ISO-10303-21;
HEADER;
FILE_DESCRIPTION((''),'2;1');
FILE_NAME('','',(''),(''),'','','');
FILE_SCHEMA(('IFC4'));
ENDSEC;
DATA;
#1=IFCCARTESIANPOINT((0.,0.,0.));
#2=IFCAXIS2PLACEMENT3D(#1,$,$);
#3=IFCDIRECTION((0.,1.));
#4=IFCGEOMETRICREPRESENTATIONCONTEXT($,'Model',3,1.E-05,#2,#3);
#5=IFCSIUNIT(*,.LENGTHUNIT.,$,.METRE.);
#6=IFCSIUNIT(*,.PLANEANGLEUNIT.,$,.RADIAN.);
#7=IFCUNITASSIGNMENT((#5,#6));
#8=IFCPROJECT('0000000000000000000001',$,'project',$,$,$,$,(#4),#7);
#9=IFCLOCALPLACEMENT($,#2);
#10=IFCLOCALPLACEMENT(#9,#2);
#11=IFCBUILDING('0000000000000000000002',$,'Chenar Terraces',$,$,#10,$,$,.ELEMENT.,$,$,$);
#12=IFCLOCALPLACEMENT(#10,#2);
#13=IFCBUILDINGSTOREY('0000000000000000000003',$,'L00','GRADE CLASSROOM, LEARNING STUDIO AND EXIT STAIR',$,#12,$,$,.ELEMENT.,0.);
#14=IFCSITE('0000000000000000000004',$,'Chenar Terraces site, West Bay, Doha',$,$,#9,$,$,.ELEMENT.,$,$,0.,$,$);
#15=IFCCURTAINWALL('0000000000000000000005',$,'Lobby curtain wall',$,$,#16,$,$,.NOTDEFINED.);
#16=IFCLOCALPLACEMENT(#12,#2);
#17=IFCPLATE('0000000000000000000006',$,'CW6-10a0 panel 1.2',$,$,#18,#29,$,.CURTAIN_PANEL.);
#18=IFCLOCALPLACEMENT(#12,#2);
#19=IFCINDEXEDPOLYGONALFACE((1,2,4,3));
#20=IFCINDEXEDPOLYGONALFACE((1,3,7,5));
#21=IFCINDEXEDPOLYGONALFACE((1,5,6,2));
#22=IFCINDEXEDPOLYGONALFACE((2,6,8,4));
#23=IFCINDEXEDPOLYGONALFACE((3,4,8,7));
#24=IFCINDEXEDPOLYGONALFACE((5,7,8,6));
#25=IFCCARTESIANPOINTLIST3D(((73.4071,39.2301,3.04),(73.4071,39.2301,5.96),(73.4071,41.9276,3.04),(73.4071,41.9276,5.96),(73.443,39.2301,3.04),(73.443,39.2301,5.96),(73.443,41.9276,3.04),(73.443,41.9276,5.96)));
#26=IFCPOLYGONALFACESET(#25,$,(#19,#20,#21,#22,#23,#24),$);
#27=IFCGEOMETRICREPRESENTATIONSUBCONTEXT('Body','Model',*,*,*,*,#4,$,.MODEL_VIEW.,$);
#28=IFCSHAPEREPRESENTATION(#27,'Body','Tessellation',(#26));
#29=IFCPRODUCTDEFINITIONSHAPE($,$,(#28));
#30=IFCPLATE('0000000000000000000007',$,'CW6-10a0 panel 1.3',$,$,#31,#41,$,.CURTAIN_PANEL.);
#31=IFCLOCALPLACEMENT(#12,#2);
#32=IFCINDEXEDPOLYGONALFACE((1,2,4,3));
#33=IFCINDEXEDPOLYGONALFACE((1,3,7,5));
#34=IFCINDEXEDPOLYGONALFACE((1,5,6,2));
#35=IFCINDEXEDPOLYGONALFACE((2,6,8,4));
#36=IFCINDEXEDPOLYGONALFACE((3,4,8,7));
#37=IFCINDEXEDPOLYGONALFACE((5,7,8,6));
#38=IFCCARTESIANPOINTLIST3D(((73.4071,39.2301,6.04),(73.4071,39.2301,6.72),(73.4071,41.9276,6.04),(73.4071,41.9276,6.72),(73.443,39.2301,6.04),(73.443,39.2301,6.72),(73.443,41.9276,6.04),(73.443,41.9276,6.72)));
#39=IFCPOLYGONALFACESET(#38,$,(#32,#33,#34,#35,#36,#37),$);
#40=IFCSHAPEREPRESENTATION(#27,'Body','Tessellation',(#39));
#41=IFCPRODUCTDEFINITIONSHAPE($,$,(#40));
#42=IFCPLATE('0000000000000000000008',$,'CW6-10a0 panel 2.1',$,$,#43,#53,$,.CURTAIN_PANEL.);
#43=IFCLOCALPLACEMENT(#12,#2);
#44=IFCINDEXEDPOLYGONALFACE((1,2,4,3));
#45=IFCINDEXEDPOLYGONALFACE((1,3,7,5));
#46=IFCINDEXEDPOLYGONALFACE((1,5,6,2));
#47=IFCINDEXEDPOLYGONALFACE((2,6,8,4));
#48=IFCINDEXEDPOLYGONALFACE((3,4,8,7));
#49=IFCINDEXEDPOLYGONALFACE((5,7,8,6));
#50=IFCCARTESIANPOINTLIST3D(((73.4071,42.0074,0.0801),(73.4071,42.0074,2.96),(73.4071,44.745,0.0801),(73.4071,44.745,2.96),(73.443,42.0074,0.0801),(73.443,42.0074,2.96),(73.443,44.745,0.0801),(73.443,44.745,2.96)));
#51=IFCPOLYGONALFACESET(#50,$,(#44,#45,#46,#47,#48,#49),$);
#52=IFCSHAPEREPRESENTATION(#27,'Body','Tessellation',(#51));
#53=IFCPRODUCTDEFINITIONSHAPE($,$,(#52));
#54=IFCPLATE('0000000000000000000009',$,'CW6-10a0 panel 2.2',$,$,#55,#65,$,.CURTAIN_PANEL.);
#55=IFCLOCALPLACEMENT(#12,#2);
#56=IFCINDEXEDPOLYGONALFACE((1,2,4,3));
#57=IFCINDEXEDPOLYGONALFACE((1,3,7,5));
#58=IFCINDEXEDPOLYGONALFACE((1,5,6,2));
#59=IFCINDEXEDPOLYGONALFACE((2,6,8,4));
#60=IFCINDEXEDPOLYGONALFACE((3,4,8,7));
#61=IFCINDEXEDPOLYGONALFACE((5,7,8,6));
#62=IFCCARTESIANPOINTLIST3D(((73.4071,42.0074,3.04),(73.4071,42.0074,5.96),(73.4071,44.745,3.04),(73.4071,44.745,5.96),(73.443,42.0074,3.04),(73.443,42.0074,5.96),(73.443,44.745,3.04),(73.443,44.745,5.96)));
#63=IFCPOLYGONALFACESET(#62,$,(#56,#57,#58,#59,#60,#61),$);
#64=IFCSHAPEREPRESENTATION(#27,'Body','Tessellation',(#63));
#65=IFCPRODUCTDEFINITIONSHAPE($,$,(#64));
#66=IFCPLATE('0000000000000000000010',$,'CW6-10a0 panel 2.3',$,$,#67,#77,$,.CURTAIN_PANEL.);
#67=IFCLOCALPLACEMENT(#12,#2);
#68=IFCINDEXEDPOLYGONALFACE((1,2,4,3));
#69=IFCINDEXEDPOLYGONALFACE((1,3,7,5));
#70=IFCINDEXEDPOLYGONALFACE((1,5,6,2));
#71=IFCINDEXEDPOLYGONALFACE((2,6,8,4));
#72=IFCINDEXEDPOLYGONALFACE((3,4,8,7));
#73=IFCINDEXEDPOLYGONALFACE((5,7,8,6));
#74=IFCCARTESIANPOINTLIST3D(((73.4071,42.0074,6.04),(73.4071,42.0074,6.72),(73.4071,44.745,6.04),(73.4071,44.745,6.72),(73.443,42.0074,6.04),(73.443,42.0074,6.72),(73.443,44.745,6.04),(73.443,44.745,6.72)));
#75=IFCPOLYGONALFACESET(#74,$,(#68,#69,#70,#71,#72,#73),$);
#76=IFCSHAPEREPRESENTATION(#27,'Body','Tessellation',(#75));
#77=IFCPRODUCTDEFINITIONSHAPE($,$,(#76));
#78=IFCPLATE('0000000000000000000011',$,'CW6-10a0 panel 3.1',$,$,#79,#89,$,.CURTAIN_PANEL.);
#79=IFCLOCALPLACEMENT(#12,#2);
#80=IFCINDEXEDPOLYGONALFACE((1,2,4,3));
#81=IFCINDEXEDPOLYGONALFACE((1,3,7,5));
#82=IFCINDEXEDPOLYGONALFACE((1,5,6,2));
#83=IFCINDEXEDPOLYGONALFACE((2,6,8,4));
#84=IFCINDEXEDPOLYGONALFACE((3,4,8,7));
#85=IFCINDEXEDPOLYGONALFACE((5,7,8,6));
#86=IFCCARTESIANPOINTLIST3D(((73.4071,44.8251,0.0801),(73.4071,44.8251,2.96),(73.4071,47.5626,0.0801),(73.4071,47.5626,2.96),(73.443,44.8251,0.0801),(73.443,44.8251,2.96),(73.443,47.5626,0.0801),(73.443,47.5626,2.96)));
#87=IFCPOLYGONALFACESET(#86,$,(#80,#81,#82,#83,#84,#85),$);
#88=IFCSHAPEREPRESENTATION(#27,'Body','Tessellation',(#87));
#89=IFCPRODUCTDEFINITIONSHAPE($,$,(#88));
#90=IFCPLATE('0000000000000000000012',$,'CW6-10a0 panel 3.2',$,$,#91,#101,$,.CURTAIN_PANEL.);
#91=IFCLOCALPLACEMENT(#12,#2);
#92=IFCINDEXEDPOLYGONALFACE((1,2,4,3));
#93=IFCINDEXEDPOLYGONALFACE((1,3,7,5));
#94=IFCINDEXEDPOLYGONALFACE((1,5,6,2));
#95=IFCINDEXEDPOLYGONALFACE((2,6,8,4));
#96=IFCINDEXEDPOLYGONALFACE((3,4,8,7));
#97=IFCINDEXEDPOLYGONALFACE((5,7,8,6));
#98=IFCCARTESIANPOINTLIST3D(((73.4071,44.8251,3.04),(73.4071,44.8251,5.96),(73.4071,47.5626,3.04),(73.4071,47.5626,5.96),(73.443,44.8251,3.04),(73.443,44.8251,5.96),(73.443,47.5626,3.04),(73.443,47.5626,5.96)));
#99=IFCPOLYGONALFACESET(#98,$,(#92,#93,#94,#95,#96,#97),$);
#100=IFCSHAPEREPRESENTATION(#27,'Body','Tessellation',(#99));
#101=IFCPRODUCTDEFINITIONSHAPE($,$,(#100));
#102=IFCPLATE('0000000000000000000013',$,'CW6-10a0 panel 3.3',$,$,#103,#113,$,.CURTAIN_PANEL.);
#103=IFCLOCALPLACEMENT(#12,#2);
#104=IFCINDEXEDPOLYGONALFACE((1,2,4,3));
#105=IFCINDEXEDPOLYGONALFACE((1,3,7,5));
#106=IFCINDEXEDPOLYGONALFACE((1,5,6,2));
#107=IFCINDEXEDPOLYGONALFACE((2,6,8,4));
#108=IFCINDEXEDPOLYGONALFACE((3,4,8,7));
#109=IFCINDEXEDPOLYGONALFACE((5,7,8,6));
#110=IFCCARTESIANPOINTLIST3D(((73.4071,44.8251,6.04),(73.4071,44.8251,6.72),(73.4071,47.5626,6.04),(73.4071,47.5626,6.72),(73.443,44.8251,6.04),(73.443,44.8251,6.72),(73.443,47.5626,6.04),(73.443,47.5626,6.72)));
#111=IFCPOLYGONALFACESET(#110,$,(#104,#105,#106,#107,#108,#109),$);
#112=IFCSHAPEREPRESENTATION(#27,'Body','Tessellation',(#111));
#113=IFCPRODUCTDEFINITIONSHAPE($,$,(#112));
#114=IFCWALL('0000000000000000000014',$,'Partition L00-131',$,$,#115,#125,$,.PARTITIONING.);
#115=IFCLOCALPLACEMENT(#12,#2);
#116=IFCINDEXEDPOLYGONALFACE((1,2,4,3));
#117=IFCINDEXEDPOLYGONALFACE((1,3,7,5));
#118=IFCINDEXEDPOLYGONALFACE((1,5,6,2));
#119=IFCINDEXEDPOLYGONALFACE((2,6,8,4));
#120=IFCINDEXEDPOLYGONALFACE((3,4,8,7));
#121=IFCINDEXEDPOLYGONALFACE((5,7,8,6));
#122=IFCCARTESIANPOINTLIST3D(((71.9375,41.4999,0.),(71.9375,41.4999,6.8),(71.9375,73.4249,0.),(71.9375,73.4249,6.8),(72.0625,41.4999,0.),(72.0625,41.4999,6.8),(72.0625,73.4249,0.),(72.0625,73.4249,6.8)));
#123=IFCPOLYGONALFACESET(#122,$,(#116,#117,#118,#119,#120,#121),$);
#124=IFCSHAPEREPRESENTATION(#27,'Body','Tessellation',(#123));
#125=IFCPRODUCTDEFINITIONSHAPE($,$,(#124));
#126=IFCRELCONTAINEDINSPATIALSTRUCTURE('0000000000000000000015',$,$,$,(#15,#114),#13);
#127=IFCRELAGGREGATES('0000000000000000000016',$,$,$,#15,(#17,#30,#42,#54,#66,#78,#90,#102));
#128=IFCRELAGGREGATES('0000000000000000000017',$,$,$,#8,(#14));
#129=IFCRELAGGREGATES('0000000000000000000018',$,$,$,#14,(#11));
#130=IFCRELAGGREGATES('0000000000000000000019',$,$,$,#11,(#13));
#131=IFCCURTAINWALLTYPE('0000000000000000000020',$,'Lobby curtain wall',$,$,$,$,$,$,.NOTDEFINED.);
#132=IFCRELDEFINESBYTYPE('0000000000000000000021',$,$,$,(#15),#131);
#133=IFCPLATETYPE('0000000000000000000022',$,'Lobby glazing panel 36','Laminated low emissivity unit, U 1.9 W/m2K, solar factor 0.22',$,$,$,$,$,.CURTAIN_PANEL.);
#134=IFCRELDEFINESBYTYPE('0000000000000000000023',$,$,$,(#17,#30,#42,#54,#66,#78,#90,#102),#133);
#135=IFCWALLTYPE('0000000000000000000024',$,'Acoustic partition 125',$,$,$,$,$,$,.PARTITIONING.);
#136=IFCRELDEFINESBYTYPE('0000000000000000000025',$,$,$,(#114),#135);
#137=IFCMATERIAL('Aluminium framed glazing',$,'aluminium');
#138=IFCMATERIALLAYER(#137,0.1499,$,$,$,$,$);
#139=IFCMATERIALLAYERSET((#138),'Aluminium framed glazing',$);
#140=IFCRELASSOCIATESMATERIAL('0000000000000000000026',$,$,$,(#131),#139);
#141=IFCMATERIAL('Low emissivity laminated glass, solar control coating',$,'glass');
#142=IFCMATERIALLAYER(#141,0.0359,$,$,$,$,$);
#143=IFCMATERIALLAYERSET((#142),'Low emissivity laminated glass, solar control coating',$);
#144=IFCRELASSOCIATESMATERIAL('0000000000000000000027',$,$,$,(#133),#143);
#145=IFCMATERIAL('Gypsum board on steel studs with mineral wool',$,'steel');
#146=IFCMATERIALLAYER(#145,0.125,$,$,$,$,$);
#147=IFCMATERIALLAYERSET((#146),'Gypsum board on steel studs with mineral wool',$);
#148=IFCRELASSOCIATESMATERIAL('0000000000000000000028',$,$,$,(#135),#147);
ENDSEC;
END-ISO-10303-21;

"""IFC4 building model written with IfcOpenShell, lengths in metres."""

from ifc_helpers import new_model, si_unit, direction, frame, frame_2d, origin, origin_2d, place, context, subcontext, project, spatial, rectangle, extrude, material, layer, layer_set, type_object, element, aggregate, save


model = new_model("IFC4")

# Units and contexts
model_context = context("Model", 3, precision=1e-05, world=origin(), true_north=direction((0.0, 1.0)))
body_context = subcontext(model_context, "Body", "Model", "MODEL_VIEW")
ifc_project = project(units=[si_unit("LENGTHUNIT", "METRE"), si_unit("PLANEANGLEUNIT", "RADIAN")], contexts=[model_context])

# Site, building, storey
site_placement = place(None, origin())
site = spatial("IfcSite", under=ifc_project, at=site_placement, Name="Chenar Terraces site, West Bay, Doha", CompositionType="ELEMENT", RefElevation=0.0)
building_placement = place(site_placement, origin())
building = spatial("IfcBuilding", under=site, at=building_placement, Name="Chenar Terraces", CompositionType="ELEMENT")
storey_placement = place(building_placement, origin())
storey = spatial("IfcBuildingStorey", under=building, at=storey_placement, Name="L00", Description="GRADE CLASSROOM, LEARNING STUDIO AND EXIT STAIR", CompositionType="ELEMENT", Elevation=0.0)

# Curtain wall
ifc_material_1 = material(Name="Aluminium framed glazing", Category="aluminium")
ifc_layer_1 = layer(ifc_material_1, 0.1499)
ifc_layer_set_1 = layer_set([ifc_layer_1], Name="Aluminium framed glazing")
curtain_wall_type = type_object("IfcCurtainWallType", Name="Lobby curtain wall", PredefinedType="NOTDEFINED", material=ifc_layer_set_1)
placement = place(storey_placement, origin())
curtain_wall_1 = element("IfcCurtainWall", 1, at=placement, inside=storey, type_object=curtain_wall_type, Name="Lobby curtain wall", PredefinedType="NOTDEFINED")

# Plates
ifc_material_2 = material(Name="Low emissivity laminated glass, solar control coating", Category="glass")
ifc_layer_2 = layer(ifc_material_2, 0.0359)
ifc_layer_set_2 = layer_set([ifc_layer_2], Name="Low emissivity laminated glass, solar control coating")
plate_type = type_object("IfcPlateType", Name="Lobby glazing panel 36", Description="Laminated low emissivity unit, U 1.9 W/m2K, solar factor 0.22", PredefinedType="CURTAIN_PANEL", material=ifc_layer_set_2)
plate_1_placement = place(storey_placement, frame((73.425, 40.5789, 3.04), z_axis=(0.0, 0.0, 1.0), x_axis=(0.0, 1.0, 0.0)))
plate_1 = element("IfcPlate", 2, at=plate_1_placement, type_object=plate_type, Name="CW6-10a0 panel 1.2", PredefinedType="CURTAIN_PANEL", context=body_context, shape_type="SweptSolid", body=[
    extrude(rectangle(XDim=2.6975, YDim=0.0359, at=origin_2d()), origin(), (0.0, 0.0, 1.0), 2.9199),
])
plate_2_placement = place(storey_placement, frame((73.425, 40.5789, 6.04), z_axis=(0.0, 0.0, 1.0), x_axis=(0.0, 1.0, 0.0)))
plate_2 = element("IfcPlate", 3, at=plate_2_placement, type_object=plate_type, Name="CW6-10a0 panel 1.3", PredefinedType="CURTAIN_PANEL", context=body_context, shape_type="SweptSolid", body=[
    extrude(rectangle(XDim=2.6975, YDim=0.0359, at=origin_2d()), origin(), (0.0, 0.0, 1.0), 0.6799),
])
plate_3_placement = place(storey_placement, frame((73.425, 43.3762, 0.0801), z_axis=(0.0, 0.0, 1.0), x_axis=(0.0, 1.0, 0.0)))
plate_3 = element("IfcPlate", 4, at=plate_3_placement, type_object=plate_type, Name="CW6-10a0 panel 2.1", PredefinedType="CURTAIN_PANEL", context=body_context, shape_type="SweptSolid", body=[
    extrude(rectangle(XDim=2.7375, YDim=0.0359, at=origin_2d()), origin(), (0.0, 0.0, 1.0), 2.8799),
])
plate_4_placement = place(storey_placement, frame((73.425, 43.3762, 3.04), z_axis=(0.0, 0.0, 1.0), x_axis=(0.0, 1.0, 0.0)))
plate_4 = element("IfcPlate", 5, at=plate_4_placement, type_object=plate_type, Name="CW6-10a0 panel 2.2", PredefinedType="CURTAIN_PANEL", context=body_context, shape_type="SweptSolid", body=[
    extrude(rectangle(XDim=2.7375, YDim=0.0359, at=origin_2d()), origin(), (0.0, 0.0, 1.0), 2.9199),
])
plate_5_placement = place(storey_placement, frame((73.425, 43.3762, 6.04), z_axis=(0.0, 0.0, 1.0), x_axis=(0.0, 1.0, 0.0)))
plate_5 = element("IfcPlate", 6, at=plate_5_placement, type_object=plate_type, Name="CW6-10a0 panel 2.3", PredefinedType="CURTAIN_PANEL", context=body_context, shape_type="SweptSolid", body=[
    extrude(rectangle(XDim=2.7375, YDim=0.0359, at=origin_2d()), origin(), (0.0, 0.0, 1.0), 0.6799),
])
plate_6_placement = place(storey_placement, frame((73.425, 46.1938, 0.0801), z_axis=(0.0, 0.0, 1.0), x_axis=(0.0, 1.0, 0.0)))
plate_6 = element("IfcPlate", 7, at=plate_6_placement, type_object=plate_type, Name="CW6-10a0 panel 3.1", PredefinedType="CURTAIN_PANEL", context=body_context, shape_type="SweptSolid", body=[
    extrude(rectangle(XDim=2.7375, YDim=0.0359, at=origin_2d()), origin(), (0.0, 0.0, 1.0), 2.8799),
])
plate_7_placement = place(storey_placement, frame((73.425, 46.1938, 3.04), z_axis=(0.0, 0.0, 1.0), x_axis=(0.0, 1.0, 0.0)))
plate_7 = element("IfcPlate", 8, at=plate_7_placement, type_object=plate_type, Name="CW6-10a0 panel 3.2", PredefinedType="CURTAIN_PANEL", context=body_context, shape_type="SweptSolid", body=[
    extrude(rectangle(XDim=2.7375, YDim=0.0359, at=origin_2d()), origin(), (0.0, 0.0, 1.0), 2.9199),
])
plate_8_placement = place(storey_placement, frame((73.425, 46.1938, 6.04), z_axis=(0.0, 0.0, 1.0), x_axis=(0.0, 1.0, 0.0)))
plate_8 = element("IfcPlate", 9, at=plate_8_placement, type_object=plate_type, Name="CW6-10a0 panel 3.3", PredefinedType="CURTAIN_PANEL", context=body_context, shape_type="SweptSolid", body=[
    extrude(rectangle(XDim=2.7375, YDim=0.0359, at=origin_2d()), origin(), (0.0, 0.0, 1.0), 0.6799),
])
aggregate(curtain_wall_1, [plate_1, plate_2, plate_3, plate_4, plate_5, plate_6, plate_7, plate_8])

# Wall
ifc_material_3 = material(Name="Gypsum board on steel studs with mineral wool", Category="steel")
ifc_layer_3 = layer(ifc_material_3, 0.125)
ifc_layer_set_3 = layer_set([ifc_layer_3], Name="Gypsum board on steel studs with mineral wool")
wall_type = type_object("IfcWallType", Name="Acoustic partition 125", PredefinedType="PARTITIONING", material=ifc_layer_set_3)
wall_placement = place(storey_placement, frame((72.0, 41.5, 0.0), z_axis=(0.0, 0.0, 1.0), x_axis=(0.0, 1.0, 0.0)))
element("IfcWall", 10, at=wall_placement, inside=storey, type_object=wall_type, Name="Partition L00-131", PredefinedType="PARTITIONING", context=body_context, shape_type="SweptSolid", body=[
    extrude(rectangle(XDim=31.925, YDim=0.125, at=frame_2d((15.9624, 0.0))), origin(), (0.0, 0.0, 1.0), 6.8),
])

save(model, "model.ifc")
